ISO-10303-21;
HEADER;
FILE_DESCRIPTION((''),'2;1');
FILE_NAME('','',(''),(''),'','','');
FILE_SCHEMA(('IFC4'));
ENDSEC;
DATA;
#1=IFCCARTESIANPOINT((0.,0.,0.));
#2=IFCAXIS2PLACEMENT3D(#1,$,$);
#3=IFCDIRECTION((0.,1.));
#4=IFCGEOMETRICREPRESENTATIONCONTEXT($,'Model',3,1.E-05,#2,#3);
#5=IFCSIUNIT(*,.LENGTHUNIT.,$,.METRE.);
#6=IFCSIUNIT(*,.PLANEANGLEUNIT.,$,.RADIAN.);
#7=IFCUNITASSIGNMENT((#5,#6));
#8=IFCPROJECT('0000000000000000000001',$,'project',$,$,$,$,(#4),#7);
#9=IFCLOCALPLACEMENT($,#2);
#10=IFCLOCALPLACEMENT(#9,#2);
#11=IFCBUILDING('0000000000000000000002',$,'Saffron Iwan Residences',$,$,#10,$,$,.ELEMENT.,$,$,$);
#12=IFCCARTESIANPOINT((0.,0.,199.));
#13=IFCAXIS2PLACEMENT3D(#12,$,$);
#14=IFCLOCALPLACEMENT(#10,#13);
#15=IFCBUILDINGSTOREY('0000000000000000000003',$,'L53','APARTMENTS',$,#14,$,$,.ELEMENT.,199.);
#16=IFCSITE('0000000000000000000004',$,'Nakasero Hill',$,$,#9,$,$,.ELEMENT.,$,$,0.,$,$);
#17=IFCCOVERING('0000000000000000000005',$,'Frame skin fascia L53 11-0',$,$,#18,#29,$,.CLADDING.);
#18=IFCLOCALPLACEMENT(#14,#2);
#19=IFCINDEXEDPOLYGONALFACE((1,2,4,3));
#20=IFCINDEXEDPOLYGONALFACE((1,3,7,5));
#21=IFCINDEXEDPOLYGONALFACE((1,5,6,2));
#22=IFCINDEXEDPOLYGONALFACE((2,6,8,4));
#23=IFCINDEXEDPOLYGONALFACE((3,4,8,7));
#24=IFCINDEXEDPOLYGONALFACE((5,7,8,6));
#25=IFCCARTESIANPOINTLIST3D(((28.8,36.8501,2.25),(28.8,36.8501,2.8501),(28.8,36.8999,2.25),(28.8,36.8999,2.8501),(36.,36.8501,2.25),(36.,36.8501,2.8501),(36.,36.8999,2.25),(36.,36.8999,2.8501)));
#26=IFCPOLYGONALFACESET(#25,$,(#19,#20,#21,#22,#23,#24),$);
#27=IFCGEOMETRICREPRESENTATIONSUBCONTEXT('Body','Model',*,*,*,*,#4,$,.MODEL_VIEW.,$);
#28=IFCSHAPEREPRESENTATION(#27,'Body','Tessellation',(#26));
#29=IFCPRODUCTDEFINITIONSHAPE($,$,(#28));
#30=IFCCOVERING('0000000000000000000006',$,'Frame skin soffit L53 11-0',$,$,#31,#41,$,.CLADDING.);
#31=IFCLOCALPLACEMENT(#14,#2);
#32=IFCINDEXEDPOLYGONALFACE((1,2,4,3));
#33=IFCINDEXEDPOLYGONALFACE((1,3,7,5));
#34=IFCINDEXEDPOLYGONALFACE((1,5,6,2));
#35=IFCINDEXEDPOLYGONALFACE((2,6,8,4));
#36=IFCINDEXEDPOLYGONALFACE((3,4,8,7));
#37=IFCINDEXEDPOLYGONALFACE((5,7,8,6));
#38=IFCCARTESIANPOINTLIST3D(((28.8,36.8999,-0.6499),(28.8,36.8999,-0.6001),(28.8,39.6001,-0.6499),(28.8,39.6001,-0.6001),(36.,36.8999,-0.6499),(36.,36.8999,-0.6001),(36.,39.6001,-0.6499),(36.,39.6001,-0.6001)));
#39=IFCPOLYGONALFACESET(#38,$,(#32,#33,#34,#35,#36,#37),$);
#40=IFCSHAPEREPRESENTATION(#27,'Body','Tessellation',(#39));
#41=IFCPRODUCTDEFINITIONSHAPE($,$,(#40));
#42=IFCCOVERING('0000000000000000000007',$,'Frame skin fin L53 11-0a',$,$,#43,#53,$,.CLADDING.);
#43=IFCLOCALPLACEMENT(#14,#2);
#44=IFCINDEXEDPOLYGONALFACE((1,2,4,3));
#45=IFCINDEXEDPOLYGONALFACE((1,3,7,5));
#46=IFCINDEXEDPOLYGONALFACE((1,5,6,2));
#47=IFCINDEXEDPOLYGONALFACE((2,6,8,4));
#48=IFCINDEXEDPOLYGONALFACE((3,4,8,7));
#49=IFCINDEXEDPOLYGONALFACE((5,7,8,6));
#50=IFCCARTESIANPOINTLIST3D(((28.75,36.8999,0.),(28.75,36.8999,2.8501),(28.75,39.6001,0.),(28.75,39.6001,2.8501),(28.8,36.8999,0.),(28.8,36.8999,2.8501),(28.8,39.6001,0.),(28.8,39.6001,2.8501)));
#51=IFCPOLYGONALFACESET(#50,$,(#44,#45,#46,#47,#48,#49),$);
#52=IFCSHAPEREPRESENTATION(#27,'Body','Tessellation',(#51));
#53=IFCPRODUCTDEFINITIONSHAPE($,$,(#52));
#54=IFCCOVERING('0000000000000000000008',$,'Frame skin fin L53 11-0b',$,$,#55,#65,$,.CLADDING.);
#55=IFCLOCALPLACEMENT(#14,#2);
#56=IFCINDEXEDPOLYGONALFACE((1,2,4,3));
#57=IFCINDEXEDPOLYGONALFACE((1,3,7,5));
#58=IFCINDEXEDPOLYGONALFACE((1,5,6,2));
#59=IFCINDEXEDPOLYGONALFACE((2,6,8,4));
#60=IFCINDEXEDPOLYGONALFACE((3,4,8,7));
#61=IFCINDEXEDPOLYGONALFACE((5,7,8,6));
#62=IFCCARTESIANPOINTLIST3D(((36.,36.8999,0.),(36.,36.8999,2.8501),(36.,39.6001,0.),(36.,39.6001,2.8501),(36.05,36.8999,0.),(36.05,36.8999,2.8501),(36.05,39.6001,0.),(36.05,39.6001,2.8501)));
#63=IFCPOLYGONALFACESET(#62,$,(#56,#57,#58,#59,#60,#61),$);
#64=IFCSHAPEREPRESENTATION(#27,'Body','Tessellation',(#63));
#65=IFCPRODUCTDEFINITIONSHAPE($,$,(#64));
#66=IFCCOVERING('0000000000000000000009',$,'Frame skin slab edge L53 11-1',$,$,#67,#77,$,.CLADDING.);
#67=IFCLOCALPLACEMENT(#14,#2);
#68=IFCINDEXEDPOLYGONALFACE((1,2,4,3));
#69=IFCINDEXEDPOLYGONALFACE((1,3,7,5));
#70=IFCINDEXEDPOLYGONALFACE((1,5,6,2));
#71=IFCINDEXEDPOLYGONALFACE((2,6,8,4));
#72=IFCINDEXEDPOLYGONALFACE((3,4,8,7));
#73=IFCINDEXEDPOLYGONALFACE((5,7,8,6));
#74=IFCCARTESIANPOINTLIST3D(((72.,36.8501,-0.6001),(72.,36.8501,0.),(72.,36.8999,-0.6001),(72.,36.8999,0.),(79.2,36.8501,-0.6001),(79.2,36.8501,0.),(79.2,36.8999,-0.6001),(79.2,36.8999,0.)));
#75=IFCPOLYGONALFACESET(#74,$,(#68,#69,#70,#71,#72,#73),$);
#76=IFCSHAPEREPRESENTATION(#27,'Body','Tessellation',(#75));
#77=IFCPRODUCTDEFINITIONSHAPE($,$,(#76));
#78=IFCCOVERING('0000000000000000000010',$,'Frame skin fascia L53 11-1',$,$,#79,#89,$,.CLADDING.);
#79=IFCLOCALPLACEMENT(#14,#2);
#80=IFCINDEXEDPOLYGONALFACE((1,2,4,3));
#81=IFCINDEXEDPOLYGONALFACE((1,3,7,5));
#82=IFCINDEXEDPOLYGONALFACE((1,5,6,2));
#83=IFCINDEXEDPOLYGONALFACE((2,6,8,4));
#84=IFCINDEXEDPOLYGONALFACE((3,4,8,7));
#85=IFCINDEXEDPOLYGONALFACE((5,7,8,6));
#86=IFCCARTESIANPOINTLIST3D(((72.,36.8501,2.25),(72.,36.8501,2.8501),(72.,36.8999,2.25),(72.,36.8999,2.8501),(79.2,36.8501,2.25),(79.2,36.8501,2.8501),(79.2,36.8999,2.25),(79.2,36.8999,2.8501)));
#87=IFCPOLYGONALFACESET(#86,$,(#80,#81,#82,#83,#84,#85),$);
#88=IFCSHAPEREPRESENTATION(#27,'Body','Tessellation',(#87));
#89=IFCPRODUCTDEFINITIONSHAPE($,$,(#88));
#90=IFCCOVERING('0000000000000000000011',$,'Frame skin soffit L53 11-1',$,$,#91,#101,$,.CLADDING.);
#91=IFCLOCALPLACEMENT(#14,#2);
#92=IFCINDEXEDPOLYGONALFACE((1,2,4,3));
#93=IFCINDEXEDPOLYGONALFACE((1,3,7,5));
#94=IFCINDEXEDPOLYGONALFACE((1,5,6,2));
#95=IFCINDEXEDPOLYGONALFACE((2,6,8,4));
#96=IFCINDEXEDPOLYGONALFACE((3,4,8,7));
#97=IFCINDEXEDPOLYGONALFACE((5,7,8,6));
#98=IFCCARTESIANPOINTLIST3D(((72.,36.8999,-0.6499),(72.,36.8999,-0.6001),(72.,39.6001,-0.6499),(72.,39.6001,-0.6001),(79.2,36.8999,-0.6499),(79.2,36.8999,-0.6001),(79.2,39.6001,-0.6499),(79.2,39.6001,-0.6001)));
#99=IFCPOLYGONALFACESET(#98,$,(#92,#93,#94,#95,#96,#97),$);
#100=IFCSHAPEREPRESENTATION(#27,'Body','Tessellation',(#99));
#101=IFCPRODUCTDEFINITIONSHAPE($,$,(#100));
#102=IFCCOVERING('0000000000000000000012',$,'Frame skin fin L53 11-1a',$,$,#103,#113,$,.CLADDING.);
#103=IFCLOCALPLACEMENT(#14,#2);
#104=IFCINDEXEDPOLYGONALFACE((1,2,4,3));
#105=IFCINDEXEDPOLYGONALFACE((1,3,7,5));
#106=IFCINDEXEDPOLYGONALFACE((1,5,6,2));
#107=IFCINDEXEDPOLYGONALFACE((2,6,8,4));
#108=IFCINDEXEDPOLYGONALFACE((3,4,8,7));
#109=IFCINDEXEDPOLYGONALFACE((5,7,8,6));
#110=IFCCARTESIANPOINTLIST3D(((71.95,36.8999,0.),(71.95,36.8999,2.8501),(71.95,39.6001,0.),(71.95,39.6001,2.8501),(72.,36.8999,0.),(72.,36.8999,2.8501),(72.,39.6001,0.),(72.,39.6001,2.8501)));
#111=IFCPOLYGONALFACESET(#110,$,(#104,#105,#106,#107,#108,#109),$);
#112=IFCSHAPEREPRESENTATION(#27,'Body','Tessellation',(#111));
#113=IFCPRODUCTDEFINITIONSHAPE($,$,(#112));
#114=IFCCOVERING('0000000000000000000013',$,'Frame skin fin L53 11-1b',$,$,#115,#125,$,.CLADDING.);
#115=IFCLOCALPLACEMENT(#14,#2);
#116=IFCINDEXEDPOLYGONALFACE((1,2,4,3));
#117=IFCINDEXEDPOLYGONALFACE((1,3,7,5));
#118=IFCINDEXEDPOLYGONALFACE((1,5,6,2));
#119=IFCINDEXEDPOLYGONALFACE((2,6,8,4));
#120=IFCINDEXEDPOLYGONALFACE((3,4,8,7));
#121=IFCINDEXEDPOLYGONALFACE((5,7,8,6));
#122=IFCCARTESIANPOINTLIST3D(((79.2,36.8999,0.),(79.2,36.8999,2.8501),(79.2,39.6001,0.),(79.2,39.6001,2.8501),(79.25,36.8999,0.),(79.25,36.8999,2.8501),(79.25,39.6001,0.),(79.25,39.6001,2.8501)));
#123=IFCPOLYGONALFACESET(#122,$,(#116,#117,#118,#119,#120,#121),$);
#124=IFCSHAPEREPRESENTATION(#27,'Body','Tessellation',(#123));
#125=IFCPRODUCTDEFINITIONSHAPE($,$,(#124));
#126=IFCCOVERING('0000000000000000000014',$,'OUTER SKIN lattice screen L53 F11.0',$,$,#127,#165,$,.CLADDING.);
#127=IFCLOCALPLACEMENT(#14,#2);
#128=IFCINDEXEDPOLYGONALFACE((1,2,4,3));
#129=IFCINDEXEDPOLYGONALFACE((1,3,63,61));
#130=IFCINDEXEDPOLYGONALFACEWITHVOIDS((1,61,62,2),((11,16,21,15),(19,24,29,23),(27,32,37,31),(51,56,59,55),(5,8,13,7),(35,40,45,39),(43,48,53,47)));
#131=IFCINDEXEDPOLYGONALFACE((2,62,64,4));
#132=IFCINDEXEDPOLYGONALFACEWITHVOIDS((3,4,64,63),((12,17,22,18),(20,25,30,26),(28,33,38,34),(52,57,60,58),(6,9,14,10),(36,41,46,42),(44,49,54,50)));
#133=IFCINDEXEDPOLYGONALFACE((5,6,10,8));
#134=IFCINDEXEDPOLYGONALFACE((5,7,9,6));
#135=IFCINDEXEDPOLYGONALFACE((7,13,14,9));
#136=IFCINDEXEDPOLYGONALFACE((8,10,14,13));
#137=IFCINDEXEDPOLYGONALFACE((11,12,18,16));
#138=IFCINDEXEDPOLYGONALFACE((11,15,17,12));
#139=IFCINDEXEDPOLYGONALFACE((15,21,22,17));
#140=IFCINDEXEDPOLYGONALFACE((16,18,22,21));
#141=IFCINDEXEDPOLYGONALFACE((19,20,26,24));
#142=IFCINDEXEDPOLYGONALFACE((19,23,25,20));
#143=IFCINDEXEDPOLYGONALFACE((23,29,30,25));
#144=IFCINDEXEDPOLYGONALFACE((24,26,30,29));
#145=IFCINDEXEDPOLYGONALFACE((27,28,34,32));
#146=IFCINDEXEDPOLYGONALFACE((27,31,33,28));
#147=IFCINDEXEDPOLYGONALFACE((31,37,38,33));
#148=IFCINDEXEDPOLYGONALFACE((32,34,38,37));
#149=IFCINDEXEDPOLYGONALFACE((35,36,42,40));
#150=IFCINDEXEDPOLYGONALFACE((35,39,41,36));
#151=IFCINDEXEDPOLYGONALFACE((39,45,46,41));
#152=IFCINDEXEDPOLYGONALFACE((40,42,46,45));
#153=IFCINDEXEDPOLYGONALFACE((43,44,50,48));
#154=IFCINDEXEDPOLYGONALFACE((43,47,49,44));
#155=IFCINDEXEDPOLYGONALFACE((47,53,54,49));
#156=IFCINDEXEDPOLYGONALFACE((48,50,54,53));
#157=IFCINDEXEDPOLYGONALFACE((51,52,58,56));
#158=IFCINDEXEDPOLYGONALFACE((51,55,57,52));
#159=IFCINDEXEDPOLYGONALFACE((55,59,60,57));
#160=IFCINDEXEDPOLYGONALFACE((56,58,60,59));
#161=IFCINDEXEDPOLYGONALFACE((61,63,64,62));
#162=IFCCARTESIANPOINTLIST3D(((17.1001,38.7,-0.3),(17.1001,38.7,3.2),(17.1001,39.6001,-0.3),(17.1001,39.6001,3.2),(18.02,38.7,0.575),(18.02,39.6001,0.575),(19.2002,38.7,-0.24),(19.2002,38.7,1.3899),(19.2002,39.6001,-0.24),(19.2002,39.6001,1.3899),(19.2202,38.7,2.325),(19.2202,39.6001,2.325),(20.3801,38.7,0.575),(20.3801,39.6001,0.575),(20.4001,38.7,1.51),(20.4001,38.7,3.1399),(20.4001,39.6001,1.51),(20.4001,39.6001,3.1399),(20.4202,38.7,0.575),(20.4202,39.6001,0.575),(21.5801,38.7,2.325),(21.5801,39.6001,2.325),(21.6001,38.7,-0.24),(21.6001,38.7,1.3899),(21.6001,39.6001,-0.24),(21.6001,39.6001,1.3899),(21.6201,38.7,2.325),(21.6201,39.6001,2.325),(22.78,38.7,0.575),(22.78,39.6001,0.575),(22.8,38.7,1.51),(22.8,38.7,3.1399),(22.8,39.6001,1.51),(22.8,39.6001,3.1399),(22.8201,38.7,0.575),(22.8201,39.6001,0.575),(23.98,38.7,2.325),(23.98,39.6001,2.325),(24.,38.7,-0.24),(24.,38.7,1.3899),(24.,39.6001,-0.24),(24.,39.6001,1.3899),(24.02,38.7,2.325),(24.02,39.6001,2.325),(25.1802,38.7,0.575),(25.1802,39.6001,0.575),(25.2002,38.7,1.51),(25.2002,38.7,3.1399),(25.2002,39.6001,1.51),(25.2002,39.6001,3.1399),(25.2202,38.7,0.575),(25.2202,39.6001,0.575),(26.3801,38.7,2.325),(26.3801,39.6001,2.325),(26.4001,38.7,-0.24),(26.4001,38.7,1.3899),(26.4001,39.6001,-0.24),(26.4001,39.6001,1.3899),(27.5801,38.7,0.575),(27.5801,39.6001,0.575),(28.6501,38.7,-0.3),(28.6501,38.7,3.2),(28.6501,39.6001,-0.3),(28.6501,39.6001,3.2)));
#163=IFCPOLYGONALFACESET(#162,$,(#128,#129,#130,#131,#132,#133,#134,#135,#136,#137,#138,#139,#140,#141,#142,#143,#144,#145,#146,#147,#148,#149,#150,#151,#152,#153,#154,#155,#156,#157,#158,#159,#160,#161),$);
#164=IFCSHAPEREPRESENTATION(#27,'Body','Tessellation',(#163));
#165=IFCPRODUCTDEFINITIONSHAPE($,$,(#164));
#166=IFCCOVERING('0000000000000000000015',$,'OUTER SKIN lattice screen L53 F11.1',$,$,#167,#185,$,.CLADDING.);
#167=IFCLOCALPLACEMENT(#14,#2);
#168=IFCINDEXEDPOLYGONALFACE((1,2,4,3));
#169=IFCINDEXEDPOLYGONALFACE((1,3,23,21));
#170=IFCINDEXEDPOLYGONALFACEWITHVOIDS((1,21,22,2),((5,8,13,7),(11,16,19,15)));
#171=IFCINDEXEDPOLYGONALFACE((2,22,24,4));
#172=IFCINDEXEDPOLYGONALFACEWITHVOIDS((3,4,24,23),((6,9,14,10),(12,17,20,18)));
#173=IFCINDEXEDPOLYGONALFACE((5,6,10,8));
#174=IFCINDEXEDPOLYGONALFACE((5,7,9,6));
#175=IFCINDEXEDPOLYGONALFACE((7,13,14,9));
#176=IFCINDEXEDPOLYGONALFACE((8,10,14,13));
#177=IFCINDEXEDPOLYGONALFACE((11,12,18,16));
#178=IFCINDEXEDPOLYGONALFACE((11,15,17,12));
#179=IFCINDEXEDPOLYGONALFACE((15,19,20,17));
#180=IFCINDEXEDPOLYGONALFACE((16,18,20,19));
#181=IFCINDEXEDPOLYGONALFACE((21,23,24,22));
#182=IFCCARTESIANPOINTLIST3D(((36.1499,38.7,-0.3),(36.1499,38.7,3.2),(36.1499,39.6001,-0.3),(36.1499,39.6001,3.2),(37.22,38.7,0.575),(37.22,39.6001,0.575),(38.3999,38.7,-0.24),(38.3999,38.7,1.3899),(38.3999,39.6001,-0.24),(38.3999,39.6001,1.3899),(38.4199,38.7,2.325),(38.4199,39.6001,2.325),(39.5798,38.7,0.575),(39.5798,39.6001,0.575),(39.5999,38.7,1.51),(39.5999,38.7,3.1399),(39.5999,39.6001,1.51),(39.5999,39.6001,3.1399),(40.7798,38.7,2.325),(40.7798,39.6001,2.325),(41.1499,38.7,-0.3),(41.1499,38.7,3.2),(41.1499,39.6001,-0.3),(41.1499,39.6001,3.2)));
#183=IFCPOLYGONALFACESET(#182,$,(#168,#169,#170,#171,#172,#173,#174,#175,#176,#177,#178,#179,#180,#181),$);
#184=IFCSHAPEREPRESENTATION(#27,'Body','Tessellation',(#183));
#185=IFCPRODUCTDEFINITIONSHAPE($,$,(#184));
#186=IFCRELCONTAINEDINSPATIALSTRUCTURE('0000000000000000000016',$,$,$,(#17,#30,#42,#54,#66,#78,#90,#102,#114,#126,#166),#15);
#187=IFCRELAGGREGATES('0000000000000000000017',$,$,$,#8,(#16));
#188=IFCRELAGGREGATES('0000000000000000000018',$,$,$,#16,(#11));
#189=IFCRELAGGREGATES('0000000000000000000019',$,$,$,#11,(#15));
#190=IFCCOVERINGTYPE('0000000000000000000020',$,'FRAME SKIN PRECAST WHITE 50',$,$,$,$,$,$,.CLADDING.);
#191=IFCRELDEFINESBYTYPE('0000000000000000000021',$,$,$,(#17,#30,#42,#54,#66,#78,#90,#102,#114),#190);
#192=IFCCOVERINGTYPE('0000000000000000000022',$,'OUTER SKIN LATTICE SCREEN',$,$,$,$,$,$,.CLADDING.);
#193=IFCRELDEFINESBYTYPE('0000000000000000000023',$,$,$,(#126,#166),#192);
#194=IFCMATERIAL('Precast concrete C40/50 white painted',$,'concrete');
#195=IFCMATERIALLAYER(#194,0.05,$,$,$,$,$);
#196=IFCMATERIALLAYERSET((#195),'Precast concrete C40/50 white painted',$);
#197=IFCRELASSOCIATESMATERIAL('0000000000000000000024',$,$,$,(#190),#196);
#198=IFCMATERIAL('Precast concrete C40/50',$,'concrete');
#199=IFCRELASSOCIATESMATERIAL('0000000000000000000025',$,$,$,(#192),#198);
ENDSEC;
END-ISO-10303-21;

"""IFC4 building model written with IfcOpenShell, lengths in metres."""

from ifc_helpers import new_model, si_unit, direction, frame, origin, place, context, subcontext, project, spatial, polyline, outline, extrude, material, layer, layer_set, type_object, element, save


model = new_model("IFC4")

# Units and contexts
model_context = context("Model", 3, precision=1e-05, world=origin(), true_north=direction((0.0, 1.0)))
body_context = subcontext(model_context, "Body", "Model", "MODEL_VIEW")
ifc_project = project(units=[si_unit("LENGTHUNIT", "METRE"), si_unit("PLANEANGLEUNIT", "RADIAN")], contexts=[model_context])

# Site, building, storey
site_placement = place(None, origin())
site = spatial("IfcSite", under=ifc_project, at=site_placement, Name="Nakasero Hill", CompositionType="ELEMENT", RefElevation=0.0)
building_placement = place(site_placement, origin())
building = spatial("IfcBuilding", under=site, at=building_placement, Name="Saffron Iwan Residences", CompositionType="ELEMENT")
storey_placement = place(building_placement, frame((0.0, 0.0, 199.0)))
storey = spatial("IfcBuildingStorey", under=building, at=storey_placement, Name="L53", Description="APARTMENTS", CompositionType="ELEMENT", Elevation=199.0)

# Coverings
ifc_material_1 = material(Name="Precast concrete C40/50 white painted", Category="concrete")
ifc_layer_1 = layer(ifc_material_1, 0.05)
ifc_layer_set_1 = layer_set([ifc_layer_1], Name="Precast concrete C40/50 white painted")
covering_type_1 = type_object("IfcCoveringType", Name="FRAME SKIN PRECAST WHITE 50", PredefinedType="CLADDING", material=ifc_layer_set_1)
for number, where, name in (
    (1, (0.0, 0.0, 2.25), "Frame skin fascia L53 11-0"),
):
    element("IfcCovering", number, at=place(storey_placement, frame(where)), inside=storey, type_object=covering_type_1, Name=name, PredefinedType="CLADDING", context=body_context, shape_type="SweptSolid", body=[
        extrude(outline(polyline([(28.8, 36.8501), (36.0, 36.8501), (36.0, 36.8999), (28.8, 36.8999), (28.8, 36.8501)])), origin(), (0.0, 0.0, 1.0), 0.6001),
    ])
covering_1_placement = place(storey_placement, frame((0.0, 0.0, -0.6499)))
element("IfcCovering", 2, at=covering_1_placement, inside=storey, type_object=covering_type_1, Name="Frame skin soffit L53 11-0", PredefinedType="CLADDING", context=body_context, shape_type="SweptSolid", body=[
    extrude(outline(polyline([(28.8, 36.8999), (36.0, 36.8999), (36.0, 39.6001), (28.8, 39.6001), (28.8, 36.8999)])), origin(), (0.0, 0.0, 1.0), 0.0498),
])
covering_2_placement = place(storey_placement, origin())
element("IfcCovering", 3, at=covering_2_placement, inside=storey, type_object=covering_type_1, Name="Frame skin fin L53 11-0a", PredefinedType="CLADDING", context=body_context, shape_type="SweptSolid", body=[
    extrude(outline(polyline([(28.75, 36.8999), (28.8, 36.8999), (28.8, 39.6001), (28.75, 39.6001), (28.75, 36.8999)])), origin(), (0.0, 0.0, 1.0), 2.8501),
])
covering_3_placement = place(storey_placement, origin())
element("IfcCovering", 4, at=covering_3_placement, inside=storey, type_object=covering_type_1, Name="Frame skin fin L53 11-0b", PredefinedType="CLADDING", context=body_context, shape_type="SweptSolid", body=[
    extrude(outline(polyline([(36.0, 36.8999), (36.05, 36.8999), (36.05, 39.6001), (36.0, 39.6001), (36.0, 36.8999)])), origin(), (0.0, 0.0, 1.0), 2.8501),
])
for number, where, name in (
    (5, (0.0, 0.0, -0.6001), "Frame skin slab edge L53 11-1"),
    (6, (0.0, 0.0, 2.25), "Frame skin fascia L53 11-1"),
):
    element("IfcCovering", number, at=place(storey_placement, frame(where)), inside=storey, type_object=covering_type_1, Name=name, PredefinedType="CLADDING", context=body_context, shape_type="SweptSolid", body=[
        extrude(outline(polyline([(72.0, 36.8501), (79.2, 36.8501), (79.2, 36.8999), (72.0, 36.8999), (72.0, 36.8501)])), origin(), (0.0, 0.0, 1.0), 0.6001),
    ])
covering_4_placement = place(storey_placement, frame((0.0, 0.0, -0.6499)))
element("IfcCovering", 7, at=covering_4_placement, inside=storey, type_object=covering_type_1, Name="Frame skin soffit L53 11-1", PredefinedType="CLADDING", context=body_context, shape_type="SweptSolid", body=[
    extrude(outline(polyline([(72.0, 36.8999), (79.2, 36.8999), (79.2, 39.6001), (72.0, 39.6001), (72.0, 36.8999)])), origin(), (0.0, 0.0, 1.0), 0.0498),
])
covering_5_placement = place(storey_placement, origin())
element("IfcCovering", 8, at=covering_5_placement, inside=storey, type_object=covering_type_1, Name="Frame skin fin L53 11-1a", PredefinedType="CLADDING", context=body_context, shape_type="SweptSolid", body=[
    extrude(outline(polyline([(71.95, 36.8999), (72.0, 36.8999), (72.0, 39.6001), (71.95, 39.6001), (71.95, 36.8999)])), origin(), (0.0, 0.0, 1.0), 2.8501),
])
covering_6_placement = place(storey_placement, origin())
element("IfcCovering", 9, at=covering_6_placement, inside=storey, type_object=covering_type_1, Name="Frame skin fin L53 11-1b", PredefinedType="CLADDING", context=body_context, shape_type="SweptSolid", body=[
    extrude(outline(polyline([(79.2, 36.8999), (79.25, 36.8999), (79.25, 39.6001), (79.2, 39.6001), (79.2, 36.8999)])), origin(), (0.0, 0.0, 1.0), 2.8501),
])
ifc_material_2 = material(Name="Precast concrete C40/50", Category="concrete")
covering_type_2 = type_object("IfcCoveringType", Name="OUTER SKIN LATTICE SCREEN", PredefinedType="CLADDING", material=ifc_material_2)
covering_7_placement = place(storey_placement, frame((17.1001, 39.6001, -0.3), z_axis=(0.0, -1.0, 0.0), x_axis=(1.0, 0.0, 0.0)))
element("IfcCovering", 10, at=covering_7_placement, inside=storey, type_object=covering_type_2, Name="OUTER SKIN lattice screen L53 F11.0", PredefinedType="CLADDING", context=body_context, shape_type="SweptSolid", body=[
    extrude(outline(polyline([(0.0, 0.0), (11.55, 0.0), (11.55, 3.5), (0.0, 3.5), (0.0, 0.0)]), holes=[polyline([(0.9199, 0.875), (2.1001, 0.0601), (3.28, 0.875), (2.1001, 1.6899), (0.9199, 0.875)]), polyline([(3.3201, 0.875), (4.5, 0.0601), (5.6799, 0.875), (4.5, 1.6899), (3.3201, 0.875)]), polyline([(5.72, 0.875), (6.8999, 0.0601), (8.0801, 0.875), (6.8999, 1.6899), (5.72, 0.875)]), polyline([(8.1201, 0.875), (9.3, 0.0601), (10.48, 0.875), (9.3, 1.6899), (8.1201, 0.875)]), polyline([(2.1201, 2.625), (3.3, 1.8101), (4.48, 2.625), (3.3, 3.4399), (2.1201, 2.625)]), polyline([(4.52, 2.625), (5.7, 1.8101), (6.8799, 2.625), (5.7, 3.4399), (4.52, 2.625)]), polyline([(6.9199, 2.625), (8.1001, 1.8101), (9.28, 2.625), (8.1001, 3.4399), (6.9199, 2.625)])]), origin(), (0.0, 0.0, 1.0), 0.9001),
])
covering_8_placement = place(storey_placement, frame((36.1499, 39.6001, -0.3), z_axis=(0.0, -1.0, 0.0), x_axis=(1.0, 0.0, 0.0)))
element("IfcCovering", 11, at=covering_8_placement, inside=storey, type_object=covering_type_2, Name="OUTER SKIN lattice screen L53 F11.1", PredefinedType="CLADDING", context=body_context, shape_type="SweptSolid", body=[
    extrude(outline(polyline([(0.0, 0.0), (5.0, 0.0), (5.0, 3.5), (0.0, 3.5), (0.0, 0.0)]), holes=[polyline([(1.0701, 0.875), (2.25, 0.0601), (3.4299, 0.875), (2.25, 1.6899), (1.0701, 0.875)]), polyline([(2.27, 2.625), (3.45, 1.8101), (4.6299, 2.625), (3.45, 3.4399), (2.27, 2.625)])]), origin(), (0.0, 0.0, 1.0), 0.9001),
])

save(model, "model.ifc")
